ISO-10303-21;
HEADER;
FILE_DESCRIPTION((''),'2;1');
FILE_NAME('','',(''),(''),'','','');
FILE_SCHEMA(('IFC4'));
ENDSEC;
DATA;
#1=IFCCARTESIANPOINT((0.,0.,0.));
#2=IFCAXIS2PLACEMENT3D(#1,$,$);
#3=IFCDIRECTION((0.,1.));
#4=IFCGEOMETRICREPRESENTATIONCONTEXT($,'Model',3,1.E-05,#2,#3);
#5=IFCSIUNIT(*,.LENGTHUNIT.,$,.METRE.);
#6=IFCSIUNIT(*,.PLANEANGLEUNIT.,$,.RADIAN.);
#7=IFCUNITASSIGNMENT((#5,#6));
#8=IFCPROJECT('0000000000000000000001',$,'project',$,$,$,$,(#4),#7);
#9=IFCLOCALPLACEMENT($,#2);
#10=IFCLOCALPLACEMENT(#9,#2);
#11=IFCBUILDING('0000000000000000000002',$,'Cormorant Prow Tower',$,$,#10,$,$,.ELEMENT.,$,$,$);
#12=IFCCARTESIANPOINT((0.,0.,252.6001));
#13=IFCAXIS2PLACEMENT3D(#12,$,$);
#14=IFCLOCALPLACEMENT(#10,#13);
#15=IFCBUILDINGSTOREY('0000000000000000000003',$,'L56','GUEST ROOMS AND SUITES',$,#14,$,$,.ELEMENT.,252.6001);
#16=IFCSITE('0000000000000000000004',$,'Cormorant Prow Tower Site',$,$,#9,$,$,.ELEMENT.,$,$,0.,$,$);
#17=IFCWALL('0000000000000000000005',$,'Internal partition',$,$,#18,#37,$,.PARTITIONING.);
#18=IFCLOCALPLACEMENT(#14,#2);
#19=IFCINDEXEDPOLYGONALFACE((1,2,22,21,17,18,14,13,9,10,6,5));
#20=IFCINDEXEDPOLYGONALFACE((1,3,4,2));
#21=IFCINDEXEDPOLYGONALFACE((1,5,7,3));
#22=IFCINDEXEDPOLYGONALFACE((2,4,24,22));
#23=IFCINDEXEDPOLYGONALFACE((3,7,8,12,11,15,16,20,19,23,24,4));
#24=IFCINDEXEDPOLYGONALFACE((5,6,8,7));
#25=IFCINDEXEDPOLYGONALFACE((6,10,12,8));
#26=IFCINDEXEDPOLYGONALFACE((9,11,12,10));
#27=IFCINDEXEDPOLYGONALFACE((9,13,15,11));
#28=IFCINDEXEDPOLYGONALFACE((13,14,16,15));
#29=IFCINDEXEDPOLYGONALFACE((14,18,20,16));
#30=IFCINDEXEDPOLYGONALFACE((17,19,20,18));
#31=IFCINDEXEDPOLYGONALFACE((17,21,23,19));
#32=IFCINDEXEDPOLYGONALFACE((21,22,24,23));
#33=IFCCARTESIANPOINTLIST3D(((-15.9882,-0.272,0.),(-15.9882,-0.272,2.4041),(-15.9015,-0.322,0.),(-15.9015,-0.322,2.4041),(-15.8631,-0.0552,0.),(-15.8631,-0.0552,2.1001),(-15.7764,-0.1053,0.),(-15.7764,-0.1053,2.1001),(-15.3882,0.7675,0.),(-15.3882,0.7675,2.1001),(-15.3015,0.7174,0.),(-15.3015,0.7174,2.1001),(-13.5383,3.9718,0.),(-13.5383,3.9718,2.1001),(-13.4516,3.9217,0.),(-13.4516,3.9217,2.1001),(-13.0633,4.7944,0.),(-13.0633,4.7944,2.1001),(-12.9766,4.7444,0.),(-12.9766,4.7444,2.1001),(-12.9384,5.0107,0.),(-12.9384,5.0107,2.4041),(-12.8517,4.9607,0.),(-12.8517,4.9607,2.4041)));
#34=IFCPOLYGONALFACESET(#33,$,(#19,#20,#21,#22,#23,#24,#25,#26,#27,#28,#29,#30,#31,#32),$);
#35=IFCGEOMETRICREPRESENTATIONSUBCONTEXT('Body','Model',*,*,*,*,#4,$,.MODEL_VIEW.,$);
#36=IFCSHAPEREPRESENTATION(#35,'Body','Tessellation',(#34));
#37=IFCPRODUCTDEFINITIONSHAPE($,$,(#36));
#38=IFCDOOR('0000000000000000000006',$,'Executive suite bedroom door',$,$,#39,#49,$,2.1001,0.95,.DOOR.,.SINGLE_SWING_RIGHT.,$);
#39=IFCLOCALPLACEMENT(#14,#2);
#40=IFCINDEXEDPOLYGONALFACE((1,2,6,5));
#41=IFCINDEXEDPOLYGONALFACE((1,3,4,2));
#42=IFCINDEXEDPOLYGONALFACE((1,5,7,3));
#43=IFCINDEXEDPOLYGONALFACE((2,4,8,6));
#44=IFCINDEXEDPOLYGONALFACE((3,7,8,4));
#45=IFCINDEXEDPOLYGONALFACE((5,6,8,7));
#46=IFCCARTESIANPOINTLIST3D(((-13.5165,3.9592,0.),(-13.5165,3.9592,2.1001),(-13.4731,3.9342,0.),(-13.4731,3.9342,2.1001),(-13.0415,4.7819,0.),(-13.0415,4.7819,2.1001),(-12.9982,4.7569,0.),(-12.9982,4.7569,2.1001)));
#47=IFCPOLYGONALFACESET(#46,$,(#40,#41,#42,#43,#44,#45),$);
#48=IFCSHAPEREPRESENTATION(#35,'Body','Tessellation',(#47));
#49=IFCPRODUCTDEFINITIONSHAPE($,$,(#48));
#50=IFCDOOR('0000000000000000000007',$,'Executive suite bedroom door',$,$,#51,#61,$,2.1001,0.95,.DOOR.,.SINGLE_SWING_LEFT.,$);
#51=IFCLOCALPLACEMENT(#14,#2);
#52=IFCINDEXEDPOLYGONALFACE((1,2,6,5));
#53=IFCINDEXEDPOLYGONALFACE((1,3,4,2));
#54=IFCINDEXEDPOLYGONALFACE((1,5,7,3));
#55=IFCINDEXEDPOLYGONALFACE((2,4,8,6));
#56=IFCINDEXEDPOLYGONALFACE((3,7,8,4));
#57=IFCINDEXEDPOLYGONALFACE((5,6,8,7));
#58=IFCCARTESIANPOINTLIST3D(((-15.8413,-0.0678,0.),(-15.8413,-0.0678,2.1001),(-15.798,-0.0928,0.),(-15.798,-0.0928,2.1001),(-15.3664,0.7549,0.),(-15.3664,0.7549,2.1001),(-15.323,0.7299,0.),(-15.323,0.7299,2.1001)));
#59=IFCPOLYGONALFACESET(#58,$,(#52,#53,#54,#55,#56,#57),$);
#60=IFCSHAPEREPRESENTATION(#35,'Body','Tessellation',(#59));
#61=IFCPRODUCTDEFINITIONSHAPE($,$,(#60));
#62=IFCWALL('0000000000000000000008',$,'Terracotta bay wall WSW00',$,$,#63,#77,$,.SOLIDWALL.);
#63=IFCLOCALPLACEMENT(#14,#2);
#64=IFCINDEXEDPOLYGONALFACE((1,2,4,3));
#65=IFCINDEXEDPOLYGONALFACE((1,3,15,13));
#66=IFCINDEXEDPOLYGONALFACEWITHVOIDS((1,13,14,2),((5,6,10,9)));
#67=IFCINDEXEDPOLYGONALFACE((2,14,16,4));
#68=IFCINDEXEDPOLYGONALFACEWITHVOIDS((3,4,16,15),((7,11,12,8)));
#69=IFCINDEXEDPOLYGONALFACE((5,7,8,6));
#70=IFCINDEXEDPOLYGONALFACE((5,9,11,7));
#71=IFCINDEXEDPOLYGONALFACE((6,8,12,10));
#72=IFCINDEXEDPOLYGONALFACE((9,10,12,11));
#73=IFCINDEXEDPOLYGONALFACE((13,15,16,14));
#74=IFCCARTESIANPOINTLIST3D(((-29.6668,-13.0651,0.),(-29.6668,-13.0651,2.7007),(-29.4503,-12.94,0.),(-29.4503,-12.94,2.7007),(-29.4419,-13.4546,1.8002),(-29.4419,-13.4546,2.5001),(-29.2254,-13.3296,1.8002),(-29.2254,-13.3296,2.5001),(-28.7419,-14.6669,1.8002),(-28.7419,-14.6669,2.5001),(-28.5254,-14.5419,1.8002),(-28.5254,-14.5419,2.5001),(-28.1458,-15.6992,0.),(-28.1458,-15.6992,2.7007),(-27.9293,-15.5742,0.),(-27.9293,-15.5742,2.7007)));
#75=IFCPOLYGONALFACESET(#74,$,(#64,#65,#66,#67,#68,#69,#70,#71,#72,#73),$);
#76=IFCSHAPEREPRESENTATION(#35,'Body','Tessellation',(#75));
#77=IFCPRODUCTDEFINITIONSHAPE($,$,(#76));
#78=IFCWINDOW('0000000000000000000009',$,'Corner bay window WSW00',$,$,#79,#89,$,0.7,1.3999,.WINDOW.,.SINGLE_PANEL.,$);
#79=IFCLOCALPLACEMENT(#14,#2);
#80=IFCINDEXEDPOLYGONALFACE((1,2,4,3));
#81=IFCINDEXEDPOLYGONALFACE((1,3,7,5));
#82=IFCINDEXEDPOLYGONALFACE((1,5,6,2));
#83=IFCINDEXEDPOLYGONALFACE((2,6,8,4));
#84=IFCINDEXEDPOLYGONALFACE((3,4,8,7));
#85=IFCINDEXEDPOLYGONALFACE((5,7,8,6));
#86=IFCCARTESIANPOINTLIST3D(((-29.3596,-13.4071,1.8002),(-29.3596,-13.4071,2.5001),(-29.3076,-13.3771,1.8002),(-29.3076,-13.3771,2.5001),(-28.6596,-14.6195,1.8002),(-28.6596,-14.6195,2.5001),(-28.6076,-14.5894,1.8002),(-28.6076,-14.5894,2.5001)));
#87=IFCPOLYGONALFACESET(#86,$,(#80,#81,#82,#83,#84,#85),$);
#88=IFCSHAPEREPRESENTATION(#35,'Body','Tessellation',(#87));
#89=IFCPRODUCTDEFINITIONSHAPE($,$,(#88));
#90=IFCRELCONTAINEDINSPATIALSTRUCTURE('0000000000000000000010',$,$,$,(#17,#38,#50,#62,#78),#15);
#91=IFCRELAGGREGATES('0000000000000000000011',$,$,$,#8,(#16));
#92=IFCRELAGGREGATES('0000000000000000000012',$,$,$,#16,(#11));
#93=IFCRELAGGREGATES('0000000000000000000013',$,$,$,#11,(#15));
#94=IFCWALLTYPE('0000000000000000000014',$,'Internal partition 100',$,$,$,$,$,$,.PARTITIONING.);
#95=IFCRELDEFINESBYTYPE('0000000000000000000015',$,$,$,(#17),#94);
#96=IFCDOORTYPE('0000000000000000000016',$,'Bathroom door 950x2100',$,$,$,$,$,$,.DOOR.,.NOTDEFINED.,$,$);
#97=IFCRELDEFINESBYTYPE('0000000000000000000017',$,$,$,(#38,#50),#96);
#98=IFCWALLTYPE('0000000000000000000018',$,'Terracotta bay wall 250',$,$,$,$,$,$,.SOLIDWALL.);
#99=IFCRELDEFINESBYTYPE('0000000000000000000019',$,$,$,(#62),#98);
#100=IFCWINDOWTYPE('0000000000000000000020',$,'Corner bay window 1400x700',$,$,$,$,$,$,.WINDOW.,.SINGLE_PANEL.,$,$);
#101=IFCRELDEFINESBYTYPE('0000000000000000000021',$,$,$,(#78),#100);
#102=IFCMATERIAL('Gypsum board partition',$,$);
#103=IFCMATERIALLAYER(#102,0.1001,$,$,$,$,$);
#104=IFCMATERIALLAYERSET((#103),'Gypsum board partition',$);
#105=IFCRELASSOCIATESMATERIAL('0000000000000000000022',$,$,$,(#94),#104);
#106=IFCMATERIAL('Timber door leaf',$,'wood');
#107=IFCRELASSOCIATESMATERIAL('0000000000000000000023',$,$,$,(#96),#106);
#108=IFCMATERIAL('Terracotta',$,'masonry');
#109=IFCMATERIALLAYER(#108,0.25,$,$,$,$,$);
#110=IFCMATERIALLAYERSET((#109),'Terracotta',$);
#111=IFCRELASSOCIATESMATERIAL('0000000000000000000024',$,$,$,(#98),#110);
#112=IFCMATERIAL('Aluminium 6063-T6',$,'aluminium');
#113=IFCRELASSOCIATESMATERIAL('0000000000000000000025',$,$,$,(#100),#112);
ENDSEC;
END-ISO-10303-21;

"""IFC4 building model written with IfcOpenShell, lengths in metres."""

from ifc_helpers import new_model, si_unit, direction, frame, frame_2d, origin, place, context, subcontext, project, spatial, rectangle, extrude, material, layer, layer_set, type_object, element, fill, save


model = new_model("IFC4")

# Units and contexts
model_context = context("Model", 3, precision=1e-05, world=origin(), true_north=direction((0.0, 1.0)))
body_context = subcontext(model_context, "Body", "Model", "MODEL_VIEW")
ifc_project = project(units=[si_unit("LENGTHUNIT", "METRE"), si_unit("PLANEANGLEUNIT", "RADIAN")], contexts=[model_context])

# Site, building, storey
site_placement = place(None, origin())
site = spatial("IfcSite", under=ifc_project, at=site_placement, Name="Cormorant Prow Tower Site", CompositionType="ELEMENT", RefElevation=0.0)
building_placement = place(site_placement, origin())
building = spatial("IfcBuilding", under=site, at=building_placement, Name="Cormorant Prow Tower", CompositionType="ELEMENT")
storey_placement = place(building_placement, frame((0.0, 0.0, 252.6001)))
storey = spatial("IfcBuildingStorey", under=building, at=storey_placement, Name="L56", Description="GUEST ROOMS AND SUITES", CompositionType="ELEMENT", Elevation=252.6001)

# Wall, openings, doors
ifc_material_1 = material(Name="Gypsum board partition")
ifc_layer_1 = layer(ifc_material_1, 0.1001)
ifc_layer_set_1 = layer_set([ifc_layer_1], Name="Gypsum board partition")
wall_type_1 = type_object("IfcWallType", Name="Internal partition 100", PredefinedType="PARTITIONING", material=ifc_layer_set_1)
wall_1_placement = place(storey_placement, frame((-15.9448, -0.2969, 0.0), z_axis=(0.0, 0.0, 1.0), x_axis=(0.499979, 0.866038, 0.0)))
wall_1 = element("IfcWall", 1, at=wall_1_placement, inside=storey, type_object=wall_type_1, Name="Internal partition", PredefinedType="PARTITIONING", context=body_context, shape_type="SweptSolid", body=[
    extrude(rectangle(XDim=6.0999, YDim=0.1001, at=frame_2d((3.0498, 0.0))), origin(), (0.0, 0.0, 1.0), 2.4041),
])
opening_1_placement = place(wall_1_placement, frame((4.8999, 0.0, 0.0)))
opening_1 = element("IfcOpeningElement", 2, at=opening_1_placement, cuts=wall_1, PredefinedType="OPENING", context=body_context, shape_type="SweptSolid", body=[
    extrude(rectangle(XDim=0.95, YDim=2.1001, at=frame_2d((0.4751, 1.05))), frame((0.0, 0.0601, 0.0), z_axis=(0.0, -1.0, 0.0), x_axis=(1.0, 0.0, 0.0)), (0.0, 0.0, 1.0), 0.1201),
])
opening_2_placement = place(wall_1_placement, frame((0.25, 0.0, 0.0)))
opening_2 = element("IfcOpeningElement", 3, at=opening_2_placement, cuts=wall_1, PredefinedType="OPENING", context=body_context, shape_type="SweptSolid", body=[
    extrude(rectangle(XDim=0.95, YDim=2.1001, at=frame_2d((0.4751, 1.05))), frame((0.0, 0.0601, 0.0), z_axis=(0.0, -1.0, 0.0), x_axis=(1.0, 0.0, 0.0)), (0.0, 0.0, 1.0), 0.1201),
])
ifc_material_2 = material(Name="Timber door leaf", Category="wood")
door_type_1 = type_object("IfcDoorType", Name="Bathroom door 950x2100", OperationType="NOTDEFINED", PredefinedType="DOOR", material=ifc_material_2)
door_1_placement = place(opening_1_placement, origin())
door_1 = element("IfcDoor", 4, at=door_1_placement, inside=storey, type_object=door_type_1, Name="Executive suite bedroom door", OperationType="SINGLE_SWING_RIGHT", OverallHeight=2.1001, OverallWidth=0.95, PredefinedType="DOOR", context=body_context, shape_type="SweptSolid", body=[
    extrude(rectangle(XDim=0.95, YDim=2.1001, at=frame_2d((0.4751, 1.05))), frame((0.0, 0.0249, 0.0), z_axis=(0.0, -1.0, 0.0), x_axis=(1.0, 0.0, 0.0)), (0.0, 0.0, 1.0), 0.05),
])
fill(opening_1, door_1)
door_2_placement = place(opening_2_placement, origin())
door_2 = element("IfcDoor", 5, at=door_2_placement, inside=storey, type_object=door_type_1, Name="Executive suite bedroom door", OperationType="SINGLE_SWING_LEFT", OverallHeight=2.1001, OverallWidth=0.95, PredefinedType="DOOR", context=body_context, shape_type="SweptSolid", body=[
    extrude(rectangle(XDim=0.95, YDim=2.1001, at=frame_2d((0.4751, 1.05))), frame((0.0, 0.0249, 0.0), z_axis=(0.0, -1.0, 0.0), x_axis=(1.0, 0.0, 0.0)), (0.0, 0.0, 1.0), 0.05),
])
fill(opening_2, door_2)

# Wall, opening, window
ifc_material_3 = material(Name="Terracotta", Category="masonry")
ifc_layer_2 = layer(ifc_material_3, 0.25)
ifc_layer_set_2 = layer_set([ifc_layer_2], Name="Terracotta")
wall_type_2 = type_object("IfcWallType", Name="Terracotta bay wall 250", PredefinedType="SOLIDWALL", material=ifc_layer_set_2)
wall_2_placement = place(storey_placement, frame((-29.5586, -13.0024, 0.0), z_axis=(0.0, 0.0, 1.0), x_axis=(0.500024, -0.866012, 0.0)))
wall_2 = element("IfcWall", 6, at=wall_2_placement, inside=storey, type_object=wall_type_2, Name="Terracotta bay wall WSW00", PredefinedType="SOLIDWALL", context=body_context, shape_type="SweptSolid", body=[
    extrude(rectangle(XDim=3.0417, YDim=0.25, at=frame_2d((1.521, 0.0))), origin(), (0.0, 0.0, 1.0), 2.7007),
])
opening_3_placement = place(wall_2_placement, frame((0.45, 0.0, 1.8)))
opening_3 = element("IfcOpeningElement", 7, at=opening_3_placement, cuts=wall_2, PredefinedType="OPENING", context=body_context, shape_type="SweptSolid", body=[
    extrude(rectangle(XDim=1.3999, YDim=0.7, at=frame_2d((0.7, 0.3501))), frame((0.0, 0.135, 0.0), z_axis=(0.0, -1.0, 0.0), x_axis=(1.0, 0.0, 0.0)), (0.0, 0.0, 1.0), 0.27),
])
ifc_material_4 = material(Name="Aluminium 6063-T6", Category="aluminium")
window_type = type_object("IfcWindowType", Name="Corner bay window 1400x700", PartitioningType="SINGLE_PANEL", PredefinedType="WINDOW", material=ifc_material_4)
window_placement = place(opening_3_placement, origin())
window = element("IfcWindow", 8, at=window_placement, inside=storey, type_object=window_type, Name="Corner bay window WSW00", OverallHeight=0.7, OverallWidth=1.3999, PartitioningType="SINGLE_PANEL", PredefinedType="WINDOW", context=body_context, shape_type="SweptSolid", body=[
    extrude(rectangle(XDim=1.3999, YDim=0.7, at=frame_2d((0.7, 0.3501))), frame((0.0, 0.03, 0.0), z_axis=(0.0, -1.0, 0.0), x_axis=(1.0, 0.0, 0.0)), (0.0, 0.0, 1.0), 0.0601),
])
fill(opening_3, window)

save(model, "model.ifc")
